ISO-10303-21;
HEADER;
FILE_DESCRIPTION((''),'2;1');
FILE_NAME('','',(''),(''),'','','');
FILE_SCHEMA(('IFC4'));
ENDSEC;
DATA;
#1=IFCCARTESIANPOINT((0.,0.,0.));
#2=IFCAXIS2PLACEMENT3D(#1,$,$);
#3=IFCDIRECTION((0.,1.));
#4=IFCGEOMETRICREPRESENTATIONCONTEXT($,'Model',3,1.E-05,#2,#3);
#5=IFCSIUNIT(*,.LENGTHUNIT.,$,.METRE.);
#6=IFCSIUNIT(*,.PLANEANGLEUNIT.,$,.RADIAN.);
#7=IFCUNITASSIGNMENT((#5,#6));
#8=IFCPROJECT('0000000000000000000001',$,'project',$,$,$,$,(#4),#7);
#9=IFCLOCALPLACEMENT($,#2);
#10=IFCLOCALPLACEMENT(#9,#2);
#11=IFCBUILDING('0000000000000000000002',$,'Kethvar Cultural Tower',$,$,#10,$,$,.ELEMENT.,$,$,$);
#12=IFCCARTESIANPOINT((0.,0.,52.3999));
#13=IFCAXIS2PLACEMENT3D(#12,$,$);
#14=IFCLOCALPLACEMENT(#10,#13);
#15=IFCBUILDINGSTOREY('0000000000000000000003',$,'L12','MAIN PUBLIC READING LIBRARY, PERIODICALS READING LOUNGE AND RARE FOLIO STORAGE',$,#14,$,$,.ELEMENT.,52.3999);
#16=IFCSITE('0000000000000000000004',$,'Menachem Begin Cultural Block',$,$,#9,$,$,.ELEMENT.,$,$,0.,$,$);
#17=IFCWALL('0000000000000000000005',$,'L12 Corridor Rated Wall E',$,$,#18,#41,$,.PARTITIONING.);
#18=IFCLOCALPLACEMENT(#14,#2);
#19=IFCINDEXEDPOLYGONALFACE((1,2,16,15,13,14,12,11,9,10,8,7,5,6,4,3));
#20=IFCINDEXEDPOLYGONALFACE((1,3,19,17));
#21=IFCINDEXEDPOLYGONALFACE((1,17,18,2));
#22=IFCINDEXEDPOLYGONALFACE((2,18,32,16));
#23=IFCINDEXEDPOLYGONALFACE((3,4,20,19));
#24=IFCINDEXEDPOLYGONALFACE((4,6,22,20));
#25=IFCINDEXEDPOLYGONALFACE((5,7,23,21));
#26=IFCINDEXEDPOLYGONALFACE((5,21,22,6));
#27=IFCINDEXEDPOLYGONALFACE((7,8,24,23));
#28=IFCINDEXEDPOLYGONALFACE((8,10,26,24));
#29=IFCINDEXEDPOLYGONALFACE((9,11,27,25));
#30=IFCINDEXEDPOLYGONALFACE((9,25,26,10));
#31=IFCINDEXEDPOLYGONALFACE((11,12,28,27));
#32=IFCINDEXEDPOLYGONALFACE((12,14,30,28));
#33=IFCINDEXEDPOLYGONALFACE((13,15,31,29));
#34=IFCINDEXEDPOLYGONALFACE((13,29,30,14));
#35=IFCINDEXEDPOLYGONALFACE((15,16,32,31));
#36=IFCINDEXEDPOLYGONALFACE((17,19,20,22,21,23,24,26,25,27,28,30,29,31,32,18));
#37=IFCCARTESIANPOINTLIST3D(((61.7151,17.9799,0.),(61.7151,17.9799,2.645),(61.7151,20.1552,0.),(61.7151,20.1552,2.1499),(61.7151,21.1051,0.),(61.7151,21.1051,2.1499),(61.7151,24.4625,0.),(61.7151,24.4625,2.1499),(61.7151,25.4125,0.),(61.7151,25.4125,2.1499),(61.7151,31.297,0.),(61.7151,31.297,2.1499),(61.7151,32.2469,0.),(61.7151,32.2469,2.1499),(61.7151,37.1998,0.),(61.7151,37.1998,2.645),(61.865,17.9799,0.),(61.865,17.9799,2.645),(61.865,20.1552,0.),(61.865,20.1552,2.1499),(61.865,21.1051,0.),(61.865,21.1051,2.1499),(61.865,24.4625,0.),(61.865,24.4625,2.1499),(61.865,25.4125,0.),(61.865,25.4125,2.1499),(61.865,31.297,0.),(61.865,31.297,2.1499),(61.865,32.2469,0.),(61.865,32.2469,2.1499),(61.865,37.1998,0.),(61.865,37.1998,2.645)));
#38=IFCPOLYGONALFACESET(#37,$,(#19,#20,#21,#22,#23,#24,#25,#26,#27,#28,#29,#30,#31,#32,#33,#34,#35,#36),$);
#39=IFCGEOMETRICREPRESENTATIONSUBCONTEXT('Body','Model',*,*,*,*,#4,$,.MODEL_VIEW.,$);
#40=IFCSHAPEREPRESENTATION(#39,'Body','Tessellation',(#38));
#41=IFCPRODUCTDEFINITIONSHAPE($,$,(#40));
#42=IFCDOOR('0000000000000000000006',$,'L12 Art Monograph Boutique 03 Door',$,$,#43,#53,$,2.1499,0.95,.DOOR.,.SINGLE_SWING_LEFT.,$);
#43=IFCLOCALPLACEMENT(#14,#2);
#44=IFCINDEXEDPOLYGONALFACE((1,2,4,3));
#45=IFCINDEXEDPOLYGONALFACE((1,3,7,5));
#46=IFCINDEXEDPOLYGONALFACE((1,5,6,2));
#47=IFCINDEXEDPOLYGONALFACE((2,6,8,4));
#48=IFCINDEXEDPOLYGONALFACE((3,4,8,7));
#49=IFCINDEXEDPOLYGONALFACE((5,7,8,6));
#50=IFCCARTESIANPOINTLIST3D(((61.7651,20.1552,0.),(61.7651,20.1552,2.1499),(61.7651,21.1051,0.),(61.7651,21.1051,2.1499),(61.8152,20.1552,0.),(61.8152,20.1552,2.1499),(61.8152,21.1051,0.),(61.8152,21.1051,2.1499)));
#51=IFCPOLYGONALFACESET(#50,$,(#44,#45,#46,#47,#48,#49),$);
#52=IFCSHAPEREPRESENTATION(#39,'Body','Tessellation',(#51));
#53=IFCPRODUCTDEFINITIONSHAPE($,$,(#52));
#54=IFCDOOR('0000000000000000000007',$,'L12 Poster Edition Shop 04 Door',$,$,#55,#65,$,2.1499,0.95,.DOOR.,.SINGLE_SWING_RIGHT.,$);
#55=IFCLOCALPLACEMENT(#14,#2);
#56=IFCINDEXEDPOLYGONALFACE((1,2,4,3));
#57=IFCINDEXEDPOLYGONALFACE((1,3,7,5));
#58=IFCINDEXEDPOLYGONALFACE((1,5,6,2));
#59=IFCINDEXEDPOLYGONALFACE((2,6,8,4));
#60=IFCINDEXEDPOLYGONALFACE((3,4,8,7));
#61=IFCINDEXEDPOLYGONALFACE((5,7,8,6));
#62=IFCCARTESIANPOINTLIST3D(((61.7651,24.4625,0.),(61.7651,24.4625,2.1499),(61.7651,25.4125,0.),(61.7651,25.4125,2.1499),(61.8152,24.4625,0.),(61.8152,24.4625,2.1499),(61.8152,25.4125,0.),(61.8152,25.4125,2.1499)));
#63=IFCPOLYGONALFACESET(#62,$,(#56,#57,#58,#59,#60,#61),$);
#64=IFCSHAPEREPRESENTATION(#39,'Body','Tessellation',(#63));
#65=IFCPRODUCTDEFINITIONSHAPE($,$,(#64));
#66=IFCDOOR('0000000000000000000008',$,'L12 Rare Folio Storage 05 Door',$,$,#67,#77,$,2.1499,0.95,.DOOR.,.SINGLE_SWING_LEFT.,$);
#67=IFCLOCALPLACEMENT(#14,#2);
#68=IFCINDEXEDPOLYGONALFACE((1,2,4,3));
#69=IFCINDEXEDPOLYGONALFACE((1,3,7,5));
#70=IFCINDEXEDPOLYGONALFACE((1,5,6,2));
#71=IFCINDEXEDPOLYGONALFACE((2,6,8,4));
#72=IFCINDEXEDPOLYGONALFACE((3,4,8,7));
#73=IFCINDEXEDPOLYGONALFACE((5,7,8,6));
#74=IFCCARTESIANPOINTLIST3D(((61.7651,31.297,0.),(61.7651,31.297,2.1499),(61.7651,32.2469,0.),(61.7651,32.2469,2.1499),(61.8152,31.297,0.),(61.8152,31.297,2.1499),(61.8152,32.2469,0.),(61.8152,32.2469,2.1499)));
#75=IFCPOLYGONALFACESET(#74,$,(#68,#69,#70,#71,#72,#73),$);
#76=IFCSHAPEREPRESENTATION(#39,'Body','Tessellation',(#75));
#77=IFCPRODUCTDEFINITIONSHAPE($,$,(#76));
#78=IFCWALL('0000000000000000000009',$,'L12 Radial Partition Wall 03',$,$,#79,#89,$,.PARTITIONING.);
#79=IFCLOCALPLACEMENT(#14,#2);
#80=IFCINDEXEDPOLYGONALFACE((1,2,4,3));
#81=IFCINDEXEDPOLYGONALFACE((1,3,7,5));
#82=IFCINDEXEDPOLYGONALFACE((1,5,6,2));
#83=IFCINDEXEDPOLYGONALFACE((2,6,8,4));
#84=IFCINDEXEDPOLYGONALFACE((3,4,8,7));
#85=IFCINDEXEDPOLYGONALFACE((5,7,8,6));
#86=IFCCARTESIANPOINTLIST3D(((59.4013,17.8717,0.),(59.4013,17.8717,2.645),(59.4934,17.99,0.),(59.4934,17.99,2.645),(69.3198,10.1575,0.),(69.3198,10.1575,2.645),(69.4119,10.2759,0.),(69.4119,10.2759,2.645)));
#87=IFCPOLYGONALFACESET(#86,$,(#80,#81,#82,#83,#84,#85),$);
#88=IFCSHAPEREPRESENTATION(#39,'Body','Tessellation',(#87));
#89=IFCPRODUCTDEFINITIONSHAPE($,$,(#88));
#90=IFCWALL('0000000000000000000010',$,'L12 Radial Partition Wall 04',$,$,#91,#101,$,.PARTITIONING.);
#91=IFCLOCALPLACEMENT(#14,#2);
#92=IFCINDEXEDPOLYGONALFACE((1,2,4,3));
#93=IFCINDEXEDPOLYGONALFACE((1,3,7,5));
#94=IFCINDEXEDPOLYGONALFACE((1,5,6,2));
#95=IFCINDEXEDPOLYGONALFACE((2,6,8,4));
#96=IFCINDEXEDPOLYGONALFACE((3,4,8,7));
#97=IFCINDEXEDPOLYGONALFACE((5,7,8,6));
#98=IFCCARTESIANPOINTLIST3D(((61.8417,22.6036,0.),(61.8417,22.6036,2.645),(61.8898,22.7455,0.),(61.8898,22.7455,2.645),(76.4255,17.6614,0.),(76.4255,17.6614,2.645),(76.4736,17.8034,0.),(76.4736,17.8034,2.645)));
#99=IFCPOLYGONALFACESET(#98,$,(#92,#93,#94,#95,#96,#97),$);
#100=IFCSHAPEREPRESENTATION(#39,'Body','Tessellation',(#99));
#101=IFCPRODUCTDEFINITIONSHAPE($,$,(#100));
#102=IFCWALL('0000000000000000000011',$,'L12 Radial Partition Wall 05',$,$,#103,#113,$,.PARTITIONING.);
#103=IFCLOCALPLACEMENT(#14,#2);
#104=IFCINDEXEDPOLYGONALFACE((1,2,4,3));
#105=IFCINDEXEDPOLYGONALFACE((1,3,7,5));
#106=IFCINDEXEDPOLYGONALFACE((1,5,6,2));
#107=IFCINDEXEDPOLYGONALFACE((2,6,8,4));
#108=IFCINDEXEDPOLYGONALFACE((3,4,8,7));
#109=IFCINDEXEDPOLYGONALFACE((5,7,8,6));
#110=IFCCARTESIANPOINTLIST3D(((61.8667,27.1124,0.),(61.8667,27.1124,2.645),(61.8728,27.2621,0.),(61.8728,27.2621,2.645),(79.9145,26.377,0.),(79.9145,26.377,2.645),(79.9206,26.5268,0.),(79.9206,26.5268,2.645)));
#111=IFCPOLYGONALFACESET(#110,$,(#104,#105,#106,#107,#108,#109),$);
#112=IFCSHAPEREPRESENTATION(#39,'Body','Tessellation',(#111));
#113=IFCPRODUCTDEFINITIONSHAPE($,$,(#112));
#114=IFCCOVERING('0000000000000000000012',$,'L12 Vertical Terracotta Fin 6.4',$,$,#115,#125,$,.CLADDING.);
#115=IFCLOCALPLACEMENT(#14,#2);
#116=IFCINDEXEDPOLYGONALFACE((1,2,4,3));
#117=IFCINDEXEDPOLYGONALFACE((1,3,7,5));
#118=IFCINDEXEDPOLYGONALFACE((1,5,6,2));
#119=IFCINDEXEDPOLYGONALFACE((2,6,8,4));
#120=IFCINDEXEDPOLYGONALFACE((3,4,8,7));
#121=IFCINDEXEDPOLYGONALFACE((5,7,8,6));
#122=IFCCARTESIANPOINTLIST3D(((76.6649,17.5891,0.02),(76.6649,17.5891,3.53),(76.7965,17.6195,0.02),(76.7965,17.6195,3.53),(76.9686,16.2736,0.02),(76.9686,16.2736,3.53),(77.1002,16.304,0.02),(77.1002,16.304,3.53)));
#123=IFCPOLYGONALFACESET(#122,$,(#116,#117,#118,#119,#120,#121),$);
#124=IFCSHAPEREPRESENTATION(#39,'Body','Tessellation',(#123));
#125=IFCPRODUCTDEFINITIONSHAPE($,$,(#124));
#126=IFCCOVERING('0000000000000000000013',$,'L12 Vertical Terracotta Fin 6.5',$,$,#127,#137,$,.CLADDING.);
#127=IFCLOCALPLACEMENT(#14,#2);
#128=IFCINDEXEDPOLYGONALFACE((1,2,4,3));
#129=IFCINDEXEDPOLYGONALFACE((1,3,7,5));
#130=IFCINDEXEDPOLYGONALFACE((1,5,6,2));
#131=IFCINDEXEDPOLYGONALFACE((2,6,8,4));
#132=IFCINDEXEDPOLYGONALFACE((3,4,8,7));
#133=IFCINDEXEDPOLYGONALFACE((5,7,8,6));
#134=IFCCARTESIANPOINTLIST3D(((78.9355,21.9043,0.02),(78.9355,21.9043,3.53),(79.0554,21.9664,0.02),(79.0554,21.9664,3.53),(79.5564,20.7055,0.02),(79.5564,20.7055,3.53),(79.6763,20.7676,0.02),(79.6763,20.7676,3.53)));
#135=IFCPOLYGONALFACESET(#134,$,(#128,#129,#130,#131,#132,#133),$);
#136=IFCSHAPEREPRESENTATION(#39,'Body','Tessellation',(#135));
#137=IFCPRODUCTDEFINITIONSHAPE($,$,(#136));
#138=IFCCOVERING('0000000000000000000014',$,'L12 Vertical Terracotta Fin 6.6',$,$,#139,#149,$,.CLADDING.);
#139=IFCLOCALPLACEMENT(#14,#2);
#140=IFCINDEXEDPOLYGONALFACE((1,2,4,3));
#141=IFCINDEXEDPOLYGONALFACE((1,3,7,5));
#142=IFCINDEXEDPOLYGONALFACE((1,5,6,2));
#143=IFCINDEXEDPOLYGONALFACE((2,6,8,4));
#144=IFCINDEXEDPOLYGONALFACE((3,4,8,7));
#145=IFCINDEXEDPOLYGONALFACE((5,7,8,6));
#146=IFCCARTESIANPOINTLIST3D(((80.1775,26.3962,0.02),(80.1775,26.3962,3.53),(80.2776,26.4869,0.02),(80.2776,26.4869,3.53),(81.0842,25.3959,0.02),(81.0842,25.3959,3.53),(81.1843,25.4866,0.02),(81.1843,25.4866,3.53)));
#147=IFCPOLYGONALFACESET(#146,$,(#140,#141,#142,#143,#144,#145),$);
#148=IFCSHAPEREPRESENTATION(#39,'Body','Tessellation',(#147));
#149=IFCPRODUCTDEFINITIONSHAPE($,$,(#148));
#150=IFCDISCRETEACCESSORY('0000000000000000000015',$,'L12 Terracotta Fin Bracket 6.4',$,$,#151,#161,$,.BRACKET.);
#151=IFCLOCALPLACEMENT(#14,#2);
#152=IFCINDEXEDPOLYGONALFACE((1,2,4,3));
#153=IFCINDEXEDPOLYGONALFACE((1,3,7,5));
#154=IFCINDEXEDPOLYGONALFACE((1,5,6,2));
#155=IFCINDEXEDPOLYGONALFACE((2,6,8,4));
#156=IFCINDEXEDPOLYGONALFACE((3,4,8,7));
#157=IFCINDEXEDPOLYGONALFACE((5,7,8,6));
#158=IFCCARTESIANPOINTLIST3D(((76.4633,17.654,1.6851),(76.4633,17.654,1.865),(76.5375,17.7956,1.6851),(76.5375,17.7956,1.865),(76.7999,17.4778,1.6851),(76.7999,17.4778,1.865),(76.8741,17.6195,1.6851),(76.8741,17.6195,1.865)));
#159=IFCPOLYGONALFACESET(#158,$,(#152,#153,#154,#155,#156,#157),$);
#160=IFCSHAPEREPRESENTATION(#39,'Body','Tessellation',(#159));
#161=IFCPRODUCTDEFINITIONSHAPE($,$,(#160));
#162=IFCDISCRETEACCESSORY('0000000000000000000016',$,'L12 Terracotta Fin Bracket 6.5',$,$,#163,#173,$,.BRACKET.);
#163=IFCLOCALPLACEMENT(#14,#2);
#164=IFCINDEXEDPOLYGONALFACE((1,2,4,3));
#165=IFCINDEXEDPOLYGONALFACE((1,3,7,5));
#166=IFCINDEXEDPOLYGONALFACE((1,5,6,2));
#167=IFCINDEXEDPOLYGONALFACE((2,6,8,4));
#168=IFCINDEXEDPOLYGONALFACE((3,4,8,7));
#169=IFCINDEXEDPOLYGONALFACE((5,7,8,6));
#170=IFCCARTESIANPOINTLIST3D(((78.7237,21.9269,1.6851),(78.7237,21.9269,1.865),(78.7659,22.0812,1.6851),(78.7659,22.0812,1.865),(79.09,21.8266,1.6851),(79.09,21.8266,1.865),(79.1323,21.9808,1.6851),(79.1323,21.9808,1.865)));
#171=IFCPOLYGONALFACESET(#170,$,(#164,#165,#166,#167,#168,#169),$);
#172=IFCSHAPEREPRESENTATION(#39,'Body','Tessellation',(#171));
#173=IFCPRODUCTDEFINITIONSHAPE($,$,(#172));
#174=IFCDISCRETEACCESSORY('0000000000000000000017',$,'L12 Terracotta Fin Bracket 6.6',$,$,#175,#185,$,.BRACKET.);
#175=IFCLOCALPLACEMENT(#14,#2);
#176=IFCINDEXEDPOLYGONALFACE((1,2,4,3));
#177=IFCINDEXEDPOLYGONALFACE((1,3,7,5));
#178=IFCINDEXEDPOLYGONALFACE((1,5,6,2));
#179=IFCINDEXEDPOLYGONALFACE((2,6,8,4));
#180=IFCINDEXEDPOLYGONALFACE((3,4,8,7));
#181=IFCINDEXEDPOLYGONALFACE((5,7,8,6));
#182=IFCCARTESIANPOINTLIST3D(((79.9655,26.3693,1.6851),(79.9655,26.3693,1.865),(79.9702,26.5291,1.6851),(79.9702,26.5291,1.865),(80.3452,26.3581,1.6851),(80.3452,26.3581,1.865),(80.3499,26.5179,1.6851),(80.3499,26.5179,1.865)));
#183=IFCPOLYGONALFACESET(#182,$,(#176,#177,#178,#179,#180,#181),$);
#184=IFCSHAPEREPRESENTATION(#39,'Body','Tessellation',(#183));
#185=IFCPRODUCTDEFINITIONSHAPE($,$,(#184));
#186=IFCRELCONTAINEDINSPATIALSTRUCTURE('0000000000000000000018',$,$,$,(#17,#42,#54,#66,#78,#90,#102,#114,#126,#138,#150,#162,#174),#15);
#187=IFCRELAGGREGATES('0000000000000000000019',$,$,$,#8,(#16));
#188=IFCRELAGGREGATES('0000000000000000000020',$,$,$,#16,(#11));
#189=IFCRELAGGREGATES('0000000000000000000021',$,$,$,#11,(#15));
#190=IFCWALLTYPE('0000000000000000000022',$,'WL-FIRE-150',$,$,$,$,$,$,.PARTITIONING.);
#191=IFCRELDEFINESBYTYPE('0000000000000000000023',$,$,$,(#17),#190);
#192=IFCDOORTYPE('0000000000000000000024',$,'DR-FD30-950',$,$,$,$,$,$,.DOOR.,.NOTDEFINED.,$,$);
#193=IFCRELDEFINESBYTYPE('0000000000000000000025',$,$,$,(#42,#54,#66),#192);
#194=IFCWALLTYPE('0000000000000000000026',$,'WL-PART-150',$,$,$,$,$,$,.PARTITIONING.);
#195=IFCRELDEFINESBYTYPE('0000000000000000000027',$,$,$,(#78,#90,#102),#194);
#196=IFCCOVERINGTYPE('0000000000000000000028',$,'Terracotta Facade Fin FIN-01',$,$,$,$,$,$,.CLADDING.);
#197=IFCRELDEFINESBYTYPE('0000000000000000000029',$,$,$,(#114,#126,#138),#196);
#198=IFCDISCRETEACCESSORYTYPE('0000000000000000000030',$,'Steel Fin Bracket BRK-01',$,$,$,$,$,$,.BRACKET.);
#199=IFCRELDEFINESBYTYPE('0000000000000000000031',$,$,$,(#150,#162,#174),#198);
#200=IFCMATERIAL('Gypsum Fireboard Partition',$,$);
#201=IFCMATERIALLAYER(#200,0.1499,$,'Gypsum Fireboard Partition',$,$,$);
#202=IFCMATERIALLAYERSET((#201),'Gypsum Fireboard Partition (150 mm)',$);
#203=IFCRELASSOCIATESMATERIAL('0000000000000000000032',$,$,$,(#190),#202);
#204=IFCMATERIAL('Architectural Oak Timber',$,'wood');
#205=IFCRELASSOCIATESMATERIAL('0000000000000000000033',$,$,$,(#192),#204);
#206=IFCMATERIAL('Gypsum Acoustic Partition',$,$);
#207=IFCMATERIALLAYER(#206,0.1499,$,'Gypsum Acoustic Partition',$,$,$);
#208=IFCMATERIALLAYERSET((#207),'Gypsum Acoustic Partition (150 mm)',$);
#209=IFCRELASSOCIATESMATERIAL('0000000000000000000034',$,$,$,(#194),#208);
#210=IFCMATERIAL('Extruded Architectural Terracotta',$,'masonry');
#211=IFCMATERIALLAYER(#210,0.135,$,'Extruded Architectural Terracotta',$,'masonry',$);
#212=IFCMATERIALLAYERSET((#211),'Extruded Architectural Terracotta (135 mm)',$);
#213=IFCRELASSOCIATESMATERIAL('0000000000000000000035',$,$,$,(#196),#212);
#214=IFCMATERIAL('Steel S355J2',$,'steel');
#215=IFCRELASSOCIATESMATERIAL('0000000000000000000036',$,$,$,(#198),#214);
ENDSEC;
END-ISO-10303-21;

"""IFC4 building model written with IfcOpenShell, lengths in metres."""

from ifc_helpers import new_model, si_unit, direction, frame, frame_2d, origin, origin_2d, place, context, subcontext, project, spatial, rectangle, extrude, source, transform, mapped, material, layer, layer_set, type_object, element, fill, save


model = new_model("IFC4")

# Units and contexts
model_context = context("Model", 3, precision=1e-05, world=origin(), true_north=direction((0.0, 1.0)))
body_context = subcontext(model_context, "Body", "Model", "MODEL_VIEW")
ifc_project = project(units=[si_unit("LENGTHUNIT", "METRE"), si_unit("PLANEANGLEUNIT", "RADIAN")], contexts=[model_context])

# Site, building, storey
site_placement = place(None, origin())
site = spatial("IfcSite", under=ifc_project, at=site_placement, Name="Menachem Begin Cultural Block", CompositionType="ELEMENT", RefElevation=0.0)
building_placement = place(site_placement, origin())
building = spatial("IfcBuilding", under=site, at=building_placement, Name="Kethvar Cultural Tower", CompositionType="ELEMENT")
storey_placement = place(building_placement, frame((0.0, 0.0, 52.3999)))
storey = spatial("IfcBuildingStorey", under=building, at=storey_placement, Name="L12", Description="MAIN PUBLIC READING LIBRARY, PERIODICALS READING LOUNGE AND RARE FOLIO STORAGE", CompositionType="ELEMENT", Elevation=52.3999)

# Shared definitions
ifc_material_1 = material(Name="Steel S355J2", Category="steel")

# Wall, openings, doors
ifc_material_2 = material(Name="Gypsum Fireboard Partition")
ifc_layer_1 = layer(ifc_material_2, 0.1499, Name="Gypsum Fireboard Partition")
ifc_layer_set_1 = layer_set([ifc_layer_1], Name="Gypsum Fireboard Partition (150 mm)")
wall_type_1 = type_object("IfcWallType", Name="WL-FIRE-150", PredefinedType="PARTITIONING", material=ifc_layer_set_1)
wall_1_placement = place(storey_placement, frame((61.79, 17.98, 0.0), z_axis=(0.0, 0.0, 1.0), x_axis=(0.0, 1.0, 0.0)))
wall_1 = element("IfcWall", 1, at=wall_1_placement, inside=storey, type_object=wall_type_1, Name="L12 Corridor Rated Wall E", PredefinedType="PARTITIONING", context=body_context, shape_type="SweptSolid", body=[
    extrude(rectangle(XDim=19.22, YDim=0.1499, at=frame_2d((9.6099, 0.0))), origin(), (0.0, 0.0, 1.0), 2.645),
])
opening_1_placement = place(wall_1_placement, frame((2.175, 0.0, 0.0)))
opening_1 = element("IfcOpeningElement", 2, at=opening_1_placement, cuts=wall_1, PredefinedType="OPENING", context=body_context, shape_type="SweptSolid", body=[
    extrude(rectangle(XDim=0.95, YDim=2.1499, at=frame_2d((0.4751, 1.075))), frame((0.0, 0.085, 0.0), z_axis=(0.0, -1.0, 0.0), x_axis=(1.0, 0.0, 0.0)), (0.0, 0.0, 1.0), 0.1699),
])
opening_2_placement = place(wall_1_placement, frame((6.4824, 0.0, 0.0)))
opening_2 = element("IfcOpeningElement", 3, at=opening_2_placement, cuts=wall_1, PredefinedType="OPENING", context=body_context, shape_type="SweptSolid", body=[
    extrude(rectangle(XDim=0.95, YDim=2.1499, at=frame_2d((0.4751, 1.075))), frame((0.0, 0.085, 0.0), z_axis=(0.0, -1.0, 0.0), x_axis=(1.0, 0.0, 0.0)), (0.0, 0.0, 1.0), 0.1699),
])
opening_3_placement = place(wall_1_placement, frame((13.3169, 0.0, 0.0)))
opening_3 = element("IfcOpeningElement", 4, at=opening_3_placement, cuts=wall_1, PredefinedType="OPENING", context=body_context, shape_type="SweptSolid", body=[
    extrude(rectangle(XDim=0.95, YDim=2.1499, at=frame_2d((0.4751, 1.075))), frame((0.0, 0.085, 0.0), z_axis=(0.0, -1.0, 0.0), x_axis=(1.0, 0.0, 0.0)), (0.0, 0.0, 1.0), 0.1699),
])
ifc_material_3 = material(Name="Architectural Oak Timber", Category="wood")
door_type_1 = type_object("IfcDoorType", Name="DR-FD30-950", OperationType="NOTDEFINED", PredefinedType="DOOR", material=ifc_material_3)
shared_shape_1 = source(origin(), body_context, "Body", "SweptSolid", [
    extrude(rectangle(XDim=0.95, YDim=2.1499, at=frame_2d((0.4751, 1.075))), frame((0.0, 0.0249, 0.0), z_axis=(0.0, -1.0, 0.0), x_axis=(1.0, 0.0, 0.0)), (0.0, 0.0, 1.0), 0.05),
])
door_1_placement = place(opening_1_placement, origin())
door_1 = element("IfcDoor", 5, at=door_1_placement, inside=storey, type_object=door_type_1, Name="L12 Art Monograph Boutique 03 Door", OperationType="SINGLE_SWING_LEFT", OverallHeight=2.1499, OverallWidth=0.95, PredefinedType="DOOR", context=body_context, shape_type="MappedRepresentation", body=[
    mapped(shared_shape_1, transform((0.0, 0.0, 0.0), scale=1.0)),
])
fill(opening_1, door_1)
door_2_placement = place(opening_2_placement, origin())
door_2 = element("IfcDoor", 6, at=door_2_placement, inside=storey, type_object=door_type_1, Name="L12 Poster Edition Shop 04 Door", OperationType="SINGLE_SWING_RIGHT", OverallHeight=2.1499, OverallWidth=0.95, PredefinedType="DOOR", context=body_context, shape_type="MappedRepresentation", body=[
    mapped(shared_shape_1, transform((0.0, 0.0, 0.0), scale=1.0)),
])
fill(opening_2, door_2)
door_3_placement = place(opening_3_placement, origin())
door_3 = element("IfcDoor", 7, at=door_3_placement, inside=storey, type_object=door_type_1, Name="L12 Rare Folio Storage 05 Door", OperationType="SINGLE_SWING_LEFT", OverallHeight=2.1499, OverallWidth=0.95, PredefinedType="DOOR", context=body_context, shape_type="MappedRepresentation", body=[
    mapped(shared_shape_1, transform((0.0, 0.0, 0.0), scale=1.0)),
])
fill(opening_3, door_3)

# Walls
ifc_material_4 = material(Name="Gypsum Acoustic Partition")
ifc_layer_2 = layer(ifc_material_4, 0.1499, Name="Gypsum Acoustic Partition")
ifc_layer_set_2 = layer_set([ifc_layer_2], Name="Gypsum Acoustic Partition (150 mm)")
wall_type_2 = type_object("IfcWallType", Name="WL-PART-150", PredefinedType="PARTITIONING", material=ifc_layer_set_2)
wall_2_placement = place(storey_placement, frame((59.4473, 17.9309, 0.0), z_axis=(0.0, 0.0, 1.0), x_axis=(0.789362, -0.613929, 0.0)))
element("IfcWall", 8, at=wall_2_placement, inside=storey, type_object=wall_type_2, Name="L12 Radial Partition Wall 03", PredefinedType="PARTITIONING", context=body_context, shape_type="SweptSolid", body=[
    extrude(rectangle(XDim=12.5652, YDim=0.1499, at=frame_2d((6.2827, 0.0))), origin(), (0.0, 0.0, 1.0), 2.645),
])
wall_3_placement = place(storey_placement, frame((61.8657, 22.6746, 0.0), z_axis=(0.0, 0.0, 1.0), x_axis=(0.947096, -0.320952, 0.0)))
element("IfcWall", 9, at=wall_3_placement, inside=storey, type_object=wall_type_2, Name="L12 Radial Partition Wall 04", PredefinedType="PARTITIONING", context=body_context, shape_type="SweptSolid", body=[
    extrude(rectangle(XDim=15.3984, YDim=0.1499, at=frame_2d((7.6992, 0.0))), origin(), (0.0, 0.0, 1.0), 2.645),
])
wall_4_placement = place(storey_placement, frame((61.8699, 27.1873, 0.0), z_axis=(0.0, 0.0, 1.0), x_axis=(0.999171, -0.040711, 0.0)))
element("IfcWall", 10, at=wall_4_placement, inside=storey, type_object=wall_type_2, Name="L12 Radial Partition Wall 05", PredefinedType="PARTITIONING", context=body_context, shape_type="SweptSolid", body=[
    extrude(rectangle(XDim=18.0627, YDim=0.1499, at=frame_2d((9.0312, 0.0))), origin(), (0.0, 0.0, 1.0), 2.645),
])

# Coverings
ifc_material_5 = material(Name="Extruded Architectural Terracotta", Category="masonry")
ifc_layer_3 = layer(ifc_material_5, 0.135, Name="Extruded Architectural Terracotta", Category="masonry")
ifc_layer_set_3 = layer_set([ifc_layer_3], Name="Extruded Architectural Terracotta (135 mm)")
covering_type = type_object("IfcCoveringType", Name="Terracotta Facade Fin FIN-01", PredefinedType="CLADDING", material=ifc_layer_set_3)
shared_shape_2 = source(origin(), body_context, "Body", "SweptSolid", [
    extrude(rectangle(XDim=1.3501, YDim=0.135, at=origin_2d()), origin(), (0.0, 0.0, 1.0), 3.51),
])
for number, where, z_axis, x_axis, name in (
    (11, (76.8826, 16.9465, 0.02), (0.0, 0.0, 1.0), (0.224951, -0.97437, 0.0), "L12 Vertical Terracotta Fin 6.4"),
    (12, (79.3059, 21.3359, 0.02), (0.0, 0.0, 1.0), (0.45989, -0.887976, 0.0), "L12 Vertical Terracotta Fin 6.5"),
    (13, (80.6809, 25.9414, 0.02), (0.0, 0.0, 1.0), (0.671591, -0.740922, 0.0), "L12 Vertical Terracotta Fin 6.6"),
):
    element("IfcCovering", number, at=place(storey_placement, frame(where, z_axis=z_axis, x_axis=x_axis)), inside=storey, type_object=covering_type, Name=name, PredefinedType="CLADDING", context=body_context, shape_type="MappedRepresentation", body=[
        mapped(shared_shape_2, transform((0.0, 0.0, 0.0), scale=1.0)),
    ])

# Discrete accessories
discrete_accessory_type = type_object("IfcDiscreteAccessoryType", Name="Steel Fin Bracket BRK-01", PredefinedType="BRACKET", material=ifc_material_1)
shared_shape_3 = source(origin(), body_context, "Body", "SweptSolid", [
    extrude(rectangle(XDim=0.3799, YDim=0.1599, at=origin_2d()), origin(), (0.0, 0.0, 1.0), 0.1799),
])
for number, where, z_axis, x_axis, name in (
    (14, (76.6687, 17.6367, 1.6851), (0.0, 0.0, 1.0), (0.885961, -0.46376, 0.0), "L12 Terracotta Fin Bracket 6.4"),
    (15, (78.928, 21.9539, 1.6851), (0.0, 0.0, 1.0), (0.964465, -0.26421, 0.0), "L12 Terracotta Fin Bracket 6.5"),
    (16, (80.1577, 26.4436, 1.6851), (0.0, 0.0, 1.0), (0.999565, -0.029492, 0.0), "L12 Terracotta Fin Bracket 6.6"),
):
    element("IfcDiscreteAccessory", number, at=place(storey_placement, frame(where, z_axis=z_axis, x_axis=x_axis)), inside=storey, type_object=discrete_accessory_type, Name=name, PredefinedType="BRACKET", context=body_context, shape_type="MappedRepresentation", body=[
        mapped(shared_shape_3, transform((0.0, 0.0, 0.0), scale=1.0)),
    ])

save(model, "model.ifc")
